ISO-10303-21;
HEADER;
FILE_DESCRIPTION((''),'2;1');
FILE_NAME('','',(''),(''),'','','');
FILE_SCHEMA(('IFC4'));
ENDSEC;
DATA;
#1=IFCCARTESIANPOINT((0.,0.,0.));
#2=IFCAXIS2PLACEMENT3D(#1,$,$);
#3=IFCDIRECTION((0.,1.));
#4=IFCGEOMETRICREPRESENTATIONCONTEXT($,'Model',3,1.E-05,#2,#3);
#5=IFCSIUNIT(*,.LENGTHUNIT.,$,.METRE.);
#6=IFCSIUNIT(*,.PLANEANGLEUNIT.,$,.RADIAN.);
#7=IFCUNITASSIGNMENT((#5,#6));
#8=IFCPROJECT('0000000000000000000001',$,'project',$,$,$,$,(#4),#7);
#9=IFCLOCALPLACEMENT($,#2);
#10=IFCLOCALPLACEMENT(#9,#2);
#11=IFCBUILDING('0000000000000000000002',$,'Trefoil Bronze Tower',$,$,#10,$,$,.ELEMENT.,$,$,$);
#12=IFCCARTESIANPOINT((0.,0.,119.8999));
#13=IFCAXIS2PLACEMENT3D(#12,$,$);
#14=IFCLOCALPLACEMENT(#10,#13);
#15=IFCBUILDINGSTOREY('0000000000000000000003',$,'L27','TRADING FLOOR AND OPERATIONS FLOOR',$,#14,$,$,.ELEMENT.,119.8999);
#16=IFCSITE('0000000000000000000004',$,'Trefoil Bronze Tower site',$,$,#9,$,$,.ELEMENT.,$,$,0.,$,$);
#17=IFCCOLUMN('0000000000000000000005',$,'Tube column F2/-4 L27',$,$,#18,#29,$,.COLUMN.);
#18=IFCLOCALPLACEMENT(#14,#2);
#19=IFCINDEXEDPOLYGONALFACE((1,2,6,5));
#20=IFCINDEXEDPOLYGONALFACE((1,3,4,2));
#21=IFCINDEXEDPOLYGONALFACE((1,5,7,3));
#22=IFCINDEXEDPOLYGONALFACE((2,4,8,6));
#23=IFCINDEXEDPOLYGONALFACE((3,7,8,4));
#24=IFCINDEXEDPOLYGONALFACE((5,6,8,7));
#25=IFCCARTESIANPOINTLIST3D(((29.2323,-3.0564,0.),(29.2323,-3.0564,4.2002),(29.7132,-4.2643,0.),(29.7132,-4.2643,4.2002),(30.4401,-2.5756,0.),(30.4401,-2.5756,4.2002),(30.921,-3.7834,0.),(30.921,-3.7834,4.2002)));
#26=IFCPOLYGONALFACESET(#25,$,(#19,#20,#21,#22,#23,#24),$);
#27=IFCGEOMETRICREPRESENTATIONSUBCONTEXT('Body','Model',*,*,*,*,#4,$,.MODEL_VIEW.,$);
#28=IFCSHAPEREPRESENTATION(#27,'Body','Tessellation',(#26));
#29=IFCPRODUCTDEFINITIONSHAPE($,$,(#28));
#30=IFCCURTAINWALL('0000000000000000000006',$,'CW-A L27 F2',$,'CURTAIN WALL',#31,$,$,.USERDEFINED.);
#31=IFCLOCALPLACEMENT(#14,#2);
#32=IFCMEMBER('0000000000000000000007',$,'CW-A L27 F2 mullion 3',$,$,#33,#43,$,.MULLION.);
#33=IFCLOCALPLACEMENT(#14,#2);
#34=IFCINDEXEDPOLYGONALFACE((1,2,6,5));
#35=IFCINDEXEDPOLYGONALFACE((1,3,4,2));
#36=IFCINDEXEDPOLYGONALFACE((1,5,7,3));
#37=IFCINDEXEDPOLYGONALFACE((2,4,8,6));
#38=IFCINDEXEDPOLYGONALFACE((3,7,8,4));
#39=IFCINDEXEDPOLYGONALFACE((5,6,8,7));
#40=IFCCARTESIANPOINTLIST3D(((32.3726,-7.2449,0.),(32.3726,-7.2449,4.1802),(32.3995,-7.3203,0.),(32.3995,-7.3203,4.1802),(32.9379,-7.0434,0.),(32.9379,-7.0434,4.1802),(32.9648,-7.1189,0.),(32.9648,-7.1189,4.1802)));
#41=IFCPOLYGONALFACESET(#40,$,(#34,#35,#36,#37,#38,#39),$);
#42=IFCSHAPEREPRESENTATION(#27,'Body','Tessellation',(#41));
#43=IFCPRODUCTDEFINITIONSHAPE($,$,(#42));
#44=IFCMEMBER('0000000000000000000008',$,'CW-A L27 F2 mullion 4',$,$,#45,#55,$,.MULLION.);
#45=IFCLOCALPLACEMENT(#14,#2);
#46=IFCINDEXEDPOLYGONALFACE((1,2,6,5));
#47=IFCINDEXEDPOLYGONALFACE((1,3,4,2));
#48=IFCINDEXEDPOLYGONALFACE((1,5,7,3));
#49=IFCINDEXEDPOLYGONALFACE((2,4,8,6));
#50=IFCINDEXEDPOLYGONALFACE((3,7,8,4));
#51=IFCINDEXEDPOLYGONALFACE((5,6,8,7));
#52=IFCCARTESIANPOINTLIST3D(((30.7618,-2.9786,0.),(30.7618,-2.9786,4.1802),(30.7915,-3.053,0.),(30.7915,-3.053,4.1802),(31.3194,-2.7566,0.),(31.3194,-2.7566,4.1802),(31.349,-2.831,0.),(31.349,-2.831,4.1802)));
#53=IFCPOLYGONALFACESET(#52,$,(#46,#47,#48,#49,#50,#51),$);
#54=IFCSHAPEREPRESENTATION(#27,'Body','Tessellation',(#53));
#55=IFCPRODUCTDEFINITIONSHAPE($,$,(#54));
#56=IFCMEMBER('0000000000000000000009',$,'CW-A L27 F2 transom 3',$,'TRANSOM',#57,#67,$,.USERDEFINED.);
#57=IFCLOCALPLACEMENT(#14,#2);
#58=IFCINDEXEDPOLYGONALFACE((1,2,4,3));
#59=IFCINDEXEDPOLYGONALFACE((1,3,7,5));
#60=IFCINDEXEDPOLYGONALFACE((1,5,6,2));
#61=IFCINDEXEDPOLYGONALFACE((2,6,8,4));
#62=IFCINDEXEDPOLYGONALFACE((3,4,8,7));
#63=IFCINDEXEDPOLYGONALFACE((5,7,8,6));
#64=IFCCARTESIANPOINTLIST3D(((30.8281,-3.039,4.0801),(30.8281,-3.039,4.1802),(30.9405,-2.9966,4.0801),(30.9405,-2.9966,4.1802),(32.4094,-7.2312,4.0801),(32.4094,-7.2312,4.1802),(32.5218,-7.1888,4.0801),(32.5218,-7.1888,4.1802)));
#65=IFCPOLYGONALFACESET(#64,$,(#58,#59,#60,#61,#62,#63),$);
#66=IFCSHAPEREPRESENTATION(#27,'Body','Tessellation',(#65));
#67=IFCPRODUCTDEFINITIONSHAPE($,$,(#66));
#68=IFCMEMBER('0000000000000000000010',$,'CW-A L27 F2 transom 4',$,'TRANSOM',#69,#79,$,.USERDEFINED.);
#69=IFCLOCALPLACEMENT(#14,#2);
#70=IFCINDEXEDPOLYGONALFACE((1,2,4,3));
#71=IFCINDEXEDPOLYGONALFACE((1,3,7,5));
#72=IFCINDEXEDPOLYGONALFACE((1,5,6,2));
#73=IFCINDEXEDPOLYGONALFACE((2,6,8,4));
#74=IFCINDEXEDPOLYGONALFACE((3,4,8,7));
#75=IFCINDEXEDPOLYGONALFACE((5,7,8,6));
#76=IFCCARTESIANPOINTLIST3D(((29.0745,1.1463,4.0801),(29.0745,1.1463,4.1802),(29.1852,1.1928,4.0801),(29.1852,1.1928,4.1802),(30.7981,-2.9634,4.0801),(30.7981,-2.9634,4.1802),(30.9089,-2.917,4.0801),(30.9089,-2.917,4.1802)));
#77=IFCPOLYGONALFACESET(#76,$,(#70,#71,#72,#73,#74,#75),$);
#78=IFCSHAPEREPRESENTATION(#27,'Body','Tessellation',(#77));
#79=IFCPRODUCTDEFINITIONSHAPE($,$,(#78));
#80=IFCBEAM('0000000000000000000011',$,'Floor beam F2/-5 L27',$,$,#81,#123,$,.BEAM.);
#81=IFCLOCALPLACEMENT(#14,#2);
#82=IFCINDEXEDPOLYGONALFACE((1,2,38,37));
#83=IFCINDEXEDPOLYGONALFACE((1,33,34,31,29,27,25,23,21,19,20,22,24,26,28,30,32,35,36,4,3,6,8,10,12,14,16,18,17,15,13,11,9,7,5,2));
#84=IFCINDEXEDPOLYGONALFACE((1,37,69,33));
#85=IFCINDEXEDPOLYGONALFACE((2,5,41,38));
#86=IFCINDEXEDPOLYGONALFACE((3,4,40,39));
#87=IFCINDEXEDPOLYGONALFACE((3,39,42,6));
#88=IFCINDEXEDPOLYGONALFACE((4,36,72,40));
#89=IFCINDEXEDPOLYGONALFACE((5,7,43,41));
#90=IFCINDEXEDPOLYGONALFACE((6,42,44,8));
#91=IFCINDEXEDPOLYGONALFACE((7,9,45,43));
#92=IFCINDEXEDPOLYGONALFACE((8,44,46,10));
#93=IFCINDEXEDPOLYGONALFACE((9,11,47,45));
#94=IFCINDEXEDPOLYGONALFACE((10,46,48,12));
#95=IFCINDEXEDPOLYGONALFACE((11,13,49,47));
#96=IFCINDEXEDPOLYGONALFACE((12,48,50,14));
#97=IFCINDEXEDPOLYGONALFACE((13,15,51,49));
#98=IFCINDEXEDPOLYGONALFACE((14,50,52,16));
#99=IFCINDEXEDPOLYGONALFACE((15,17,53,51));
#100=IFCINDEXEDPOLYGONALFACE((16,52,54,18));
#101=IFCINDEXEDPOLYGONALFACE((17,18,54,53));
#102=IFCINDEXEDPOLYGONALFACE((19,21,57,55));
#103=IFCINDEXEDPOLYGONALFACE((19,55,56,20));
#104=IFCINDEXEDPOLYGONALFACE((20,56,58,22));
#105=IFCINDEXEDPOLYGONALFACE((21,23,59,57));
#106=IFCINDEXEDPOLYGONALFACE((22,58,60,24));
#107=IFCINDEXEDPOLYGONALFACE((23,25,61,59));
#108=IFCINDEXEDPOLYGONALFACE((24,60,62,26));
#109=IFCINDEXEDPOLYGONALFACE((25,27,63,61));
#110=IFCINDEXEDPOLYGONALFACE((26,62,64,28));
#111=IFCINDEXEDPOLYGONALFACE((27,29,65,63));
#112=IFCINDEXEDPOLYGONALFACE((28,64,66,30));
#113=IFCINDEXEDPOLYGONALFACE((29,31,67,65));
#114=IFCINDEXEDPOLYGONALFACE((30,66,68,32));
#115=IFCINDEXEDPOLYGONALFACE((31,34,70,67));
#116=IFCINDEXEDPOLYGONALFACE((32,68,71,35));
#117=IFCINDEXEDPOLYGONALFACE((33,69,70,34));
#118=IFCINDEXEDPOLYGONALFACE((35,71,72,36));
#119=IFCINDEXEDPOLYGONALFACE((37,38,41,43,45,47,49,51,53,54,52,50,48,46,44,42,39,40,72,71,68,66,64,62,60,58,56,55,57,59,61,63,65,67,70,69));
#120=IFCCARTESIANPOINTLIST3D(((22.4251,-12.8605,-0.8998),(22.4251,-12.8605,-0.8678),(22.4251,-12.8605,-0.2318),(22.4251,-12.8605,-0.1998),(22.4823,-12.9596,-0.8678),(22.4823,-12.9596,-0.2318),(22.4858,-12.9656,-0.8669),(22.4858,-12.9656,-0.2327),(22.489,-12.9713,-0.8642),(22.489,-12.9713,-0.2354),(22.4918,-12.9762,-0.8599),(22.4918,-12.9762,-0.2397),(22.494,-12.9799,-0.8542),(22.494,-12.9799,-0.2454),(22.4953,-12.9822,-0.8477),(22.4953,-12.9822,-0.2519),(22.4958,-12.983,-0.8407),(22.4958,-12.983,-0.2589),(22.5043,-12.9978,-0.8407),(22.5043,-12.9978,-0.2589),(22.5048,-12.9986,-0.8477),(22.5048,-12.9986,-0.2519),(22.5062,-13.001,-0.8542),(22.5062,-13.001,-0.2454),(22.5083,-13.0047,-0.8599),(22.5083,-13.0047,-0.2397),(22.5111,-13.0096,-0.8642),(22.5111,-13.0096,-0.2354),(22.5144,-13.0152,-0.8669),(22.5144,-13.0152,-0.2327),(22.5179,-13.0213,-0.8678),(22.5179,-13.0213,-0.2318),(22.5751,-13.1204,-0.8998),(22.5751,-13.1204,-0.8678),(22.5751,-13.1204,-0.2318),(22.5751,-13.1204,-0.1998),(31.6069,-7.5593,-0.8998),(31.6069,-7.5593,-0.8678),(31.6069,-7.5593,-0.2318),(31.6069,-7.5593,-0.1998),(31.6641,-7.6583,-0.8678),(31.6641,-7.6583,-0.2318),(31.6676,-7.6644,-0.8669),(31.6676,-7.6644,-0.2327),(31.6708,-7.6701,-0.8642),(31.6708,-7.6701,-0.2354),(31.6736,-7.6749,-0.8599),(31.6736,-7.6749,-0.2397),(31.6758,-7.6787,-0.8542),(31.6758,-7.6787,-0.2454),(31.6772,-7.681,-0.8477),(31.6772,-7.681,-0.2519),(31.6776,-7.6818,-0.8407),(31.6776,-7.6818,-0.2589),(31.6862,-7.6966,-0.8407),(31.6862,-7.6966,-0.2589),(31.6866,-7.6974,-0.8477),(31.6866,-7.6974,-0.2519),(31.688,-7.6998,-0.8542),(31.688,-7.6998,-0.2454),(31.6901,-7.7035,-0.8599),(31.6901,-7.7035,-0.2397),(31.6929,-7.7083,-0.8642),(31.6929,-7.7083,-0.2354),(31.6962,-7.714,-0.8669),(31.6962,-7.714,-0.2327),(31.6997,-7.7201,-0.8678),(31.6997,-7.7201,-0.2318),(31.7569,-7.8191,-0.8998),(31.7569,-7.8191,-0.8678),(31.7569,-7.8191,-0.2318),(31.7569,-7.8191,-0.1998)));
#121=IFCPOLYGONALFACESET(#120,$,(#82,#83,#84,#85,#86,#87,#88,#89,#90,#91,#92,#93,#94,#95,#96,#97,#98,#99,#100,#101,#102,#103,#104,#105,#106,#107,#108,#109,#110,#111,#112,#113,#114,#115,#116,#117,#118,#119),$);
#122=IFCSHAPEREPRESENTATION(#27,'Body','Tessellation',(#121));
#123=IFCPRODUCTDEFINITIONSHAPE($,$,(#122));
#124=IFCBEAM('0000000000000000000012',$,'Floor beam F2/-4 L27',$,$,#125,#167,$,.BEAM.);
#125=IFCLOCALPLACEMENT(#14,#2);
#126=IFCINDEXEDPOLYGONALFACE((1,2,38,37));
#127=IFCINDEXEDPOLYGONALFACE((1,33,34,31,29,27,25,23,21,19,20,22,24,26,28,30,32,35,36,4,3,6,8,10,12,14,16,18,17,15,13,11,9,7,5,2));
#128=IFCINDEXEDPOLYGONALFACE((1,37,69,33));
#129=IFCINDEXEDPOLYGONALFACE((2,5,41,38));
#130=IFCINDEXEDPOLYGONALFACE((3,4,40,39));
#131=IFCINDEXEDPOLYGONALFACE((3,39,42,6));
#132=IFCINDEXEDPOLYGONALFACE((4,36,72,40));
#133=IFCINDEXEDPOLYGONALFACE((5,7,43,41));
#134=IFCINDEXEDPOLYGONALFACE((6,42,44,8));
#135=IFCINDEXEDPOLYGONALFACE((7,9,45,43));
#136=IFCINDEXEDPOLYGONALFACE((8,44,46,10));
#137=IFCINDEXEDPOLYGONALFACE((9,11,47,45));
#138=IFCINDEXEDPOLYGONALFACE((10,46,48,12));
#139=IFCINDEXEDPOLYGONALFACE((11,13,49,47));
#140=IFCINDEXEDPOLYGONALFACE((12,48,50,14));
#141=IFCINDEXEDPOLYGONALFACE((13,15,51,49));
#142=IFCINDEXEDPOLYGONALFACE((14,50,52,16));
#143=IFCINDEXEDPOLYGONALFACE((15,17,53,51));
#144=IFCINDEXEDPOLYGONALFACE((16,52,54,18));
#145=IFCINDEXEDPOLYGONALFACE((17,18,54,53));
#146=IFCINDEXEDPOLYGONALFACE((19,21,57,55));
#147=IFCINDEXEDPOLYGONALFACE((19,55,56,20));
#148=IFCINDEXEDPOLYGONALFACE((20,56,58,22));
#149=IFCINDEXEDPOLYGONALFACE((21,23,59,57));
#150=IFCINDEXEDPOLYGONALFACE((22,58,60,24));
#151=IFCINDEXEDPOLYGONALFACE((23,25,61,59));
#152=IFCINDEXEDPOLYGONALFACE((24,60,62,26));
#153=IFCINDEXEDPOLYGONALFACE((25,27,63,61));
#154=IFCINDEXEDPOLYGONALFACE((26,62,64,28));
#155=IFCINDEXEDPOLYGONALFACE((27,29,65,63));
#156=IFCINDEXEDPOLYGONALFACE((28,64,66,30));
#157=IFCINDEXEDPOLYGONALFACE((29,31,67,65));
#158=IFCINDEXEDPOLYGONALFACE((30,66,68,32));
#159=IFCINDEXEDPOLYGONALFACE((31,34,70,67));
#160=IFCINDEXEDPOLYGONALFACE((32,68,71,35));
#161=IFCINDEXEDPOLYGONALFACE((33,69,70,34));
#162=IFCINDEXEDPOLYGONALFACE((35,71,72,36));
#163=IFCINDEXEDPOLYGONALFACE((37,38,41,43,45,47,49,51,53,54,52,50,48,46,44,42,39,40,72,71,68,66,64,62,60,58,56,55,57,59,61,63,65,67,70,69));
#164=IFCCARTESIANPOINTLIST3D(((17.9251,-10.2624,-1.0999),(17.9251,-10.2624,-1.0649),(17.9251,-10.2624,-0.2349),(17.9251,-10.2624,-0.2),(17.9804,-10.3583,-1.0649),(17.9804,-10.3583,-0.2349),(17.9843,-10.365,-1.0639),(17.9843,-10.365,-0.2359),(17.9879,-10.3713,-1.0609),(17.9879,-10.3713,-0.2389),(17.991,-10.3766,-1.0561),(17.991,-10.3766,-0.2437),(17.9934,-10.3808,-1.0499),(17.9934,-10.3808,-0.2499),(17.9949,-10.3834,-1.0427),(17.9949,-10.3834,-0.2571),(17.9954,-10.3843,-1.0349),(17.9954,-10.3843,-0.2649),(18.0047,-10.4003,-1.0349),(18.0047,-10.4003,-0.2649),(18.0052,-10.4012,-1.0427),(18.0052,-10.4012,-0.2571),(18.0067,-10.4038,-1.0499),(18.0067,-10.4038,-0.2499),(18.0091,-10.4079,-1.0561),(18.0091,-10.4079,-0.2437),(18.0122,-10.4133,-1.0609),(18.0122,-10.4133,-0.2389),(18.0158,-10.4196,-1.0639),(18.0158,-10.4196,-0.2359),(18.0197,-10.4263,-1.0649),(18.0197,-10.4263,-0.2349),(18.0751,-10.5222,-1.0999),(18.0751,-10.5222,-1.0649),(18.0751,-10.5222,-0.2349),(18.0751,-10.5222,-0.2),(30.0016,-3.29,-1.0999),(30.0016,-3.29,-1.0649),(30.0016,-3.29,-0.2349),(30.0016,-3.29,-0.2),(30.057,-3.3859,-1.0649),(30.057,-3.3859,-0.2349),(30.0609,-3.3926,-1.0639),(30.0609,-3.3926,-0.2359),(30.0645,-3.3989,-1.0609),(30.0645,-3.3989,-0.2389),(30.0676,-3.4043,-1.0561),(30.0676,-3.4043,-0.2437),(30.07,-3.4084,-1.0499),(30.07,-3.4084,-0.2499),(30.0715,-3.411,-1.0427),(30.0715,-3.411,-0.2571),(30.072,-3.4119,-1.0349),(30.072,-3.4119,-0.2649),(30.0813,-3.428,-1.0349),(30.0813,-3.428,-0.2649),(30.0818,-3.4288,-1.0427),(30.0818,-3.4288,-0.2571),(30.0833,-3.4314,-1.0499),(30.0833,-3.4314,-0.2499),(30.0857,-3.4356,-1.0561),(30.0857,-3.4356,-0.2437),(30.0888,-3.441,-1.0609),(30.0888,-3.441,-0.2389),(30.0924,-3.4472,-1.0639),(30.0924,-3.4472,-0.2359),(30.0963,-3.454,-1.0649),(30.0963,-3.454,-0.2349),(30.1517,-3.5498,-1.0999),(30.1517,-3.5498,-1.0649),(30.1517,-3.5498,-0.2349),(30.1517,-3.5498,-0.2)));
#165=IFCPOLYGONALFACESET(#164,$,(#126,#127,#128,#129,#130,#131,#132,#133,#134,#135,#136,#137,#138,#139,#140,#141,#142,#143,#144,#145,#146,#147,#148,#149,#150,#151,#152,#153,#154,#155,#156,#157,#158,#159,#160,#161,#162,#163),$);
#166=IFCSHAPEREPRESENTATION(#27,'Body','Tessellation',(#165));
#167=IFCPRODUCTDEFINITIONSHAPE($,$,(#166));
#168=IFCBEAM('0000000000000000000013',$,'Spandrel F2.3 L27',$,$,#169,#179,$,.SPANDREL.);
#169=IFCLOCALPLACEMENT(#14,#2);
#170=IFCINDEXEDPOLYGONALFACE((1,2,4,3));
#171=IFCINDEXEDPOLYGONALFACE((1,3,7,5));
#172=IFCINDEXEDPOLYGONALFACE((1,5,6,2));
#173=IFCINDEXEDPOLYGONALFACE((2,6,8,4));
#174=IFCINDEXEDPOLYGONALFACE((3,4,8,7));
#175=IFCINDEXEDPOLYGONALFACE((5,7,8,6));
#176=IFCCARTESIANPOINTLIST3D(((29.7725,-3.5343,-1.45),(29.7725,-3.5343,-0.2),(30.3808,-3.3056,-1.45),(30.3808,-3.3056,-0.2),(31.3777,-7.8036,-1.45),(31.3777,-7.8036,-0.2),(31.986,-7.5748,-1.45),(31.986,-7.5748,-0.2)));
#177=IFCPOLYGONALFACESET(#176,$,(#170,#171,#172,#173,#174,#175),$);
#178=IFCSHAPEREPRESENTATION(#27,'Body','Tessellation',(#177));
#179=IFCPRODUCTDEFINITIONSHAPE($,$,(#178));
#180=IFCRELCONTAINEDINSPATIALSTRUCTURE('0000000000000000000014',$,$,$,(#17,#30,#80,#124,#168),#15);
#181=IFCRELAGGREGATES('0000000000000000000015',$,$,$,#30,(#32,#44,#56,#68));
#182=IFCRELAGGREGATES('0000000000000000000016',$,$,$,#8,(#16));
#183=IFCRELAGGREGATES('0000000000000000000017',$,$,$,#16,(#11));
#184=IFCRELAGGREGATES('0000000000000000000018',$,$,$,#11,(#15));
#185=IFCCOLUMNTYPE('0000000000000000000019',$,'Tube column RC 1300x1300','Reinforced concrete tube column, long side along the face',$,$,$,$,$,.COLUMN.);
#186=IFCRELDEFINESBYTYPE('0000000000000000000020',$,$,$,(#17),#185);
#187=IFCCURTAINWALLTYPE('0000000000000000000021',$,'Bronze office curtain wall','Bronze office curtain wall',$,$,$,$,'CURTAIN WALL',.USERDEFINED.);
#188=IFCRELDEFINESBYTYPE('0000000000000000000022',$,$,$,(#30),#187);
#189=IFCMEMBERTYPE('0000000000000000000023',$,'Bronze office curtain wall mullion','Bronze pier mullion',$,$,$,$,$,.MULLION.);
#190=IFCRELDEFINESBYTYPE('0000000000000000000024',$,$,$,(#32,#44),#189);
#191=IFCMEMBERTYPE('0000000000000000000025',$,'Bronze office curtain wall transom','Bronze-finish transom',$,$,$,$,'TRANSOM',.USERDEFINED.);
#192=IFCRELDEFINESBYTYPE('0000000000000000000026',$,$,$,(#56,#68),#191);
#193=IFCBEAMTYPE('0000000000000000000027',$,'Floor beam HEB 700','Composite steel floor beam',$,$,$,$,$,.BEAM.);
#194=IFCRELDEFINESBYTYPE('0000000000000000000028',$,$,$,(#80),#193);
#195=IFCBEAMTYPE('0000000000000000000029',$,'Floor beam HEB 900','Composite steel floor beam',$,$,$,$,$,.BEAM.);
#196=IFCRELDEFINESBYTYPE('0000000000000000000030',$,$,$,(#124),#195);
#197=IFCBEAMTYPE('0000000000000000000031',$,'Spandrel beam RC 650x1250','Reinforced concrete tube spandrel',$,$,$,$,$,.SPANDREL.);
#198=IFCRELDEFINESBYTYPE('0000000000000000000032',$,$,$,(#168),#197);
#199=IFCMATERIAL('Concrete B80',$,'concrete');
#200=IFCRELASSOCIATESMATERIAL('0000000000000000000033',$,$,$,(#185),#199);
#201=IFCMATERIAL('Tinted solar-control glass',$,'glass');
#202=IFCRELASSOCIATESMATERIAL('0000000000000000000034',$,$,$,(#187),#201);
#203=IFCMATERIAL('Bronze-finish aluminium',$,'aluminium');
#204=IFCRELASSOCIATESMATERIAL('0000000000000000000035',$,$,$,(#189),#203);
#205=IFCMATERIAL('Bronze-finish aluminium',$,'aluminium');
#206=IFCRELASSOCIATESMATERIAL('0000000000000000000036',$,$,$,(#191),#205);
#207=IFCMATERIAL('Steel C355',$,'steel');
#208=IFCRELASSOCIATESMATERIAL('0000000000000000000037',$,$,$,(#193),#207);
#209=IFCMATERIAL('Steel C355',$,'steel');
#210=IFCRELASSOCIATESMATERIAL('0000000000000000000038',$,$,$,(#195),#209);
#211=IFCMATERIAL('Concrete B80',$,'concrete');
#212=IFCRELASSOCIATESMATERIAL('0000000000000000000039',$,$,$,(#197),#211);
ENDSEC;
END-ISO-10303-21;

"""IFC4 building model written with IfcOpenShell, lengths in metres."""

from ifc_helpers import new_model, si_unit, direction, frame, origin, origin_2d, place, context, subcontext, project, spatial, rectangle, i_section, extrude, material, material_profile, profile_set, type_object, element, aggregate, save


model = new_model("IFC4")

# Units and contexts
model_context = context("Model", 3, precision=1e-05, world=origin(), true_north=direction((0.0, 1.0)))
body_context = subcontext(model_context, "Body", "Model", "MODEL_VIEW")
ifc_project = project(units=[si_unit("LENGTHUNIT", "METRE"), si_unit("PLANEANGLEUNIT", "RADIAN")], contexts=[model_context])

# Site, building, storey
site_placement = place(None, origin())
site = spatial("IfcSite", under=ifc_project, at=site_placement, Name="Trefoil Bronze Tower site", CompositionType="ELEMENT", RefElevation=0.0)
building_placement = place(site_placement, origin())
building = spatial("IfcBuilding", under=site, at=building_placement, Name="Trefoil Bronze Tower", CompositionType="ELEMENT")
storey_placement = place(building_placement, frame((0.0, 0.0, 119.8999)))
storey = spatial("IfcBuildingStorey", under=building, at=storey_placement, Name="L27", Description="TRADING FLOOR AND OPERATIONS FLOOR", CompositionType="ELEMENT", Elevation=119.8999)

# Column
ifc_material_1 = material(Name="Concrete B80", Category="concrete")
ifc_material_profile_1 = material_profile(ifc_material_1, rectangle(XDim=1.3, YDim=1.3, at=origin_2d()), Name="RC 1300x1300")
ifc_profile_set_1 = profile_set([ifc_material_profile_1], Name="Concrete B80")
column_type = type_object("IfcColumnType", Name="Tube column RC 1300x1300", Description="Reinforced concrete tube column, long side along the face", PredefinedType="COLUMN", material=ifc_profile_set_1)
column_placement = place(storey_placement, frame((30.0767, -3.4199, 0.0), z_axis=(0.0, 0.0, 1.0), x_axis=(-0.369901, 0.929071, 0.0)))
element("IfcColumn", 1, at=column_placement, inside=storey, type_object=column_type, Name="Tube column F2/-4 L27", PredefinedType="COLUMN", context=body_context, shape_type="SweptSolid", body=[
    extrude(rectangle(XDim=1.3, YDim=1.3, at=origin_2d()), origin(), (0.0, 0.0, 1.0), 4.2002),
])

# Curtain wall, members
ifc_material_2 = material(Name="Tinted solar-control glass", Category="glass")
curtain_wall_type = type_object("IfcCurtainWallType", Name="Bronze office curtain wall", Description="Bronze office curtain wall", ElementType="CURTAIN WALL", PredefinedType="USERDEFINED", material=ifc_material_2)
curtain_wall_placement = place(storey_placement, origin())
curtain_wall = element("IfcCurtainWall", 2, at=curtain_wall_placement, inside=storey, type_object=curtain_wall_type, Name="CW-A L27 F2", ObjectType="CURTAIN WALL", PredefinedType="USERDEFINED")
ifc_material_3 = material(Name="Bronze-finish aluminium", Category="aluminium")
ifc_material_profile_2 = material_profile(ifc_material_3, rectangle(XDim=0.6001, YDim=0.0801, at=origin_2d()), Name="CW-A mullion")
ifc_profile_set_2 = profile_set([ifc_material_profile_2], Name="Bronze-finish aluminium")
member_type_1 = type_object("IfcMemberType", Name="Bronze office curtain wall mullion", Description="Bronze pier mullion", PredefinedType="MULLION", material=ifc_profile_set_2)
member_1_placement = place(storey_placement, frame((32.6687, -7.1819, 0.0), z_axis=(0.0, 0.0, 1.0), x_axis=(-0.941963, -0.335718, 0.0)))
member_1 = element("IfcMember", 3, at=member_1_placement, type_object=member_type_1, Name="CW-A L27 F2 mullion 3", PredefinedType="MULLION", context=body_context, shape_type="SweptSolid", body=[
    extrude(rectangle(XDim=0.6001, YDim=0.0801, at=origin_2d()), origin(), (0.0, 0.0, 1.0), 4.1802),
])
member_2_placement = place(storey_placement, frame((31.0554, -2.9048, 0.0), z_axis=(0.0, 0.0, 1.0), x_axis=(-0.929071, -0.369901, 0.0)))
member_2 = element("IfcMember", 4, at=member_2_placement, type_object=member_type_1, Name="CW-A L27 F2 mullion 4", PredefinedType="MULLION", context=body_context, shape_type="SweptSolid", body=[
    extrude(rectangle(XDim=0.6001, YDim=0.0801, at=origin_2d()), origin(), (0.0, 0.0, 1.0), 4.1802),
])
ifc_material_4 = material(Name="Bronze-finish aluminium", Category="aluminium")
ifc_material_profile_3 = material_profile(ifc_material_4, rectangle(XDim=0.1201, YDim=0.1001, at=origin_2d()), Name="CW-A transom")
ifc_profile_set_3 = profile_set([ifc_material_profile_3], Name="Bronze-finish aluminium")
member_type_2 = type_object("IfcMemberType", Name="Bronze office curtain wall transom", Description="Bronze-finish transom", ElementType="TRANSOM", PredefinedType="USERDEFINED", material=ifc_profile_set_3)
member_3_placement = place(storey_placement, frame((32.4656, -7.21, 4.1301), z_axis=(-0.352932, 0.935649, 0.0), x_axis=(-0.935649, -0.352932, 0.0)))
member_3 = element("IfcMember", 5, at=member_3_placement, type_object=member_type_2, Name="CW-A L27 F2 transom 3", ObjectType="TRANSOM", PredefinedType="USERDEFINED", context=body_context, shape_type="SweptSolid", body=[
    extrude(rectangle(XDim=0.1201, YDim=0.1001, at=origin_2d()), origin(), (0.0, 0.0, 1.0), 4.4805),
])
member_4_placement = place(storey_placement, frame((30.8535, -2.9402, 4.1301), z_axis=(-0.386773, 0.922175, 0.0), x_axis=(-0.922175, -0.386773, 0.0)))
member_4 = element("IfcMember", 6, at=member_4_placement, type_object=member_type_2, Name="CW-A L27 F2 transom 4", ObjectType="TRANSOM", PredefinedType="USERDEFINED", context=body_context, shape_type="SweptSolid", body=[
    extrude(rectangle(XDim=0.1201, YDim=0.1001, at=origin_2d()), origin(), (0.0, 0.0, 1.0), 4.4565),
])

# Beams
ifc_material_5 = material(Name="Steel C355", Category="steel")
ifc_material_profile_4 = material_profile(ifc_material_5, i_section(OverallWidth=0.3, OverallDepth=0.7, WebThickness=0.0171, FlangeThickness=0.032, FilletRadius=0.0271, at=origin_2d()), Name="HEB 700")
ifc_profile_set_4 = profile_set([ifc_material_profile_4], Name="Steel C355")
beam_type_1 = type_object("IfcBeamType", Name="Floor beam HEB 700", Description="Composite steel floor beam", PredefinedType="BEAM", material=ifc_profile_set_4)
beam_1_placement = place(storey_placement, frame((31.6819, -7.6892, -0.5498), z_axis=(-0.866021, -0.500007, 0.0), x_axis=(0.500007, -0.866021, 0.0)))
element("IfcBeam", 7, at=beam_1_placement, inside=storey, type_object=beam_type_1, Name="Floor beam F2/-5 L27", PredefinedType="BEAM", context=body_context, shape_type="SweptSolid", body=[
    extrude(i_section(OverallWidth=0.3, OverallDepth=0.7, WebThickness=0.0171, FlangeThickness=0.032, FilletRadius=0.0271, at=origin_2d()), origin(), (0.0, 0.0, 1.0), 10.6023),
])
ifc_material_6 = material(Name="Steel C355", Category="steel")
ifc_material_profile_5 = material_profile(ifc_material_6, i_section(OverallWidth=0.3, OverallDepth=0.8999, WebThickness=0.0186, FlangeThickness=0.0349, FilletRadius=0.03, at=origin_2d()), Name="HEB 900")
ifc_profile_set_5 = profile_set([ifc_material_profile_5], Name="Steel C355")
beam_type_2 = type_object("IfcBeamType", Name="Floor beam HEB 900", Description="Composite steel floor beam", PredefinedType="BEAM", material=ifc_profile_set_5)
beam_2_placement = place(storey_placement, frame((30.0767, -3.4199, -0.6499), z_axis=(-0.866027, -0.499997, 0.0), x_axis=(0.499997, -0.866027, 0.0)))
element("IfcBeam", 8, at=beam_2_placement, inside=storey, type_object=beam_type_2, Name="Floor beam F2/-4 L27", PredefinedType="BEAM", context=body_context, shape_type="SweptSolid", body=[
    extrude(i_section(OverallWidth=0.3, OverallDepth=0.8999, WebThickness=0.0186, FlangeThickness=0.0349, FilletRadius=0.03, at=origin_2d()), origin(), (0.0, 0.0, 1.0), 13.9448),
])
ifc_material_7 = material(Name="Concrete B80", Category="concrete")
ifc_material_profile_6 = material_profile(ifc_material_7, rectangle(XDim=0.6499, YDim=1.25, at=origin_2d()), Name="RC 650x1250")
ifc_profile_set_6 = profile_set([ifc_material_profile_6], Name="Concrete B80")
beam_type_3 = type_object("IfcBeamType", Name="Spandrel beam RC 650x1250", Description="Reinforced concrete tube spandrel", PredefinedType="SPANDREL", material=ifc_profile_set_6)
beam_3_placement = place(storey_placement, frame((31.6819, -7.6892, -0.825), z_axis=(-0.351939, 0.936023, 0.0), x_axis=(-0.936023, -0.351939, 0.0)))
element("IfcBeam", 9, at=beam_3_placement, inside=storey, type_object=beam_type_3, Name="Spandrel F2.3 L27", PredefinedType="SPANDREL", context=body_context, shape_type="SweptSolid", body=[
    extrude(rectangle(XDim=0.6499, YDim=1.25, at=origin_2d()), origin(), (0.0, 0.0, 1.0), 4.561),
])

aggregate(curtain_wall, [member_1, member_2, member_3, member_4])

save(model, "model.ifc")
